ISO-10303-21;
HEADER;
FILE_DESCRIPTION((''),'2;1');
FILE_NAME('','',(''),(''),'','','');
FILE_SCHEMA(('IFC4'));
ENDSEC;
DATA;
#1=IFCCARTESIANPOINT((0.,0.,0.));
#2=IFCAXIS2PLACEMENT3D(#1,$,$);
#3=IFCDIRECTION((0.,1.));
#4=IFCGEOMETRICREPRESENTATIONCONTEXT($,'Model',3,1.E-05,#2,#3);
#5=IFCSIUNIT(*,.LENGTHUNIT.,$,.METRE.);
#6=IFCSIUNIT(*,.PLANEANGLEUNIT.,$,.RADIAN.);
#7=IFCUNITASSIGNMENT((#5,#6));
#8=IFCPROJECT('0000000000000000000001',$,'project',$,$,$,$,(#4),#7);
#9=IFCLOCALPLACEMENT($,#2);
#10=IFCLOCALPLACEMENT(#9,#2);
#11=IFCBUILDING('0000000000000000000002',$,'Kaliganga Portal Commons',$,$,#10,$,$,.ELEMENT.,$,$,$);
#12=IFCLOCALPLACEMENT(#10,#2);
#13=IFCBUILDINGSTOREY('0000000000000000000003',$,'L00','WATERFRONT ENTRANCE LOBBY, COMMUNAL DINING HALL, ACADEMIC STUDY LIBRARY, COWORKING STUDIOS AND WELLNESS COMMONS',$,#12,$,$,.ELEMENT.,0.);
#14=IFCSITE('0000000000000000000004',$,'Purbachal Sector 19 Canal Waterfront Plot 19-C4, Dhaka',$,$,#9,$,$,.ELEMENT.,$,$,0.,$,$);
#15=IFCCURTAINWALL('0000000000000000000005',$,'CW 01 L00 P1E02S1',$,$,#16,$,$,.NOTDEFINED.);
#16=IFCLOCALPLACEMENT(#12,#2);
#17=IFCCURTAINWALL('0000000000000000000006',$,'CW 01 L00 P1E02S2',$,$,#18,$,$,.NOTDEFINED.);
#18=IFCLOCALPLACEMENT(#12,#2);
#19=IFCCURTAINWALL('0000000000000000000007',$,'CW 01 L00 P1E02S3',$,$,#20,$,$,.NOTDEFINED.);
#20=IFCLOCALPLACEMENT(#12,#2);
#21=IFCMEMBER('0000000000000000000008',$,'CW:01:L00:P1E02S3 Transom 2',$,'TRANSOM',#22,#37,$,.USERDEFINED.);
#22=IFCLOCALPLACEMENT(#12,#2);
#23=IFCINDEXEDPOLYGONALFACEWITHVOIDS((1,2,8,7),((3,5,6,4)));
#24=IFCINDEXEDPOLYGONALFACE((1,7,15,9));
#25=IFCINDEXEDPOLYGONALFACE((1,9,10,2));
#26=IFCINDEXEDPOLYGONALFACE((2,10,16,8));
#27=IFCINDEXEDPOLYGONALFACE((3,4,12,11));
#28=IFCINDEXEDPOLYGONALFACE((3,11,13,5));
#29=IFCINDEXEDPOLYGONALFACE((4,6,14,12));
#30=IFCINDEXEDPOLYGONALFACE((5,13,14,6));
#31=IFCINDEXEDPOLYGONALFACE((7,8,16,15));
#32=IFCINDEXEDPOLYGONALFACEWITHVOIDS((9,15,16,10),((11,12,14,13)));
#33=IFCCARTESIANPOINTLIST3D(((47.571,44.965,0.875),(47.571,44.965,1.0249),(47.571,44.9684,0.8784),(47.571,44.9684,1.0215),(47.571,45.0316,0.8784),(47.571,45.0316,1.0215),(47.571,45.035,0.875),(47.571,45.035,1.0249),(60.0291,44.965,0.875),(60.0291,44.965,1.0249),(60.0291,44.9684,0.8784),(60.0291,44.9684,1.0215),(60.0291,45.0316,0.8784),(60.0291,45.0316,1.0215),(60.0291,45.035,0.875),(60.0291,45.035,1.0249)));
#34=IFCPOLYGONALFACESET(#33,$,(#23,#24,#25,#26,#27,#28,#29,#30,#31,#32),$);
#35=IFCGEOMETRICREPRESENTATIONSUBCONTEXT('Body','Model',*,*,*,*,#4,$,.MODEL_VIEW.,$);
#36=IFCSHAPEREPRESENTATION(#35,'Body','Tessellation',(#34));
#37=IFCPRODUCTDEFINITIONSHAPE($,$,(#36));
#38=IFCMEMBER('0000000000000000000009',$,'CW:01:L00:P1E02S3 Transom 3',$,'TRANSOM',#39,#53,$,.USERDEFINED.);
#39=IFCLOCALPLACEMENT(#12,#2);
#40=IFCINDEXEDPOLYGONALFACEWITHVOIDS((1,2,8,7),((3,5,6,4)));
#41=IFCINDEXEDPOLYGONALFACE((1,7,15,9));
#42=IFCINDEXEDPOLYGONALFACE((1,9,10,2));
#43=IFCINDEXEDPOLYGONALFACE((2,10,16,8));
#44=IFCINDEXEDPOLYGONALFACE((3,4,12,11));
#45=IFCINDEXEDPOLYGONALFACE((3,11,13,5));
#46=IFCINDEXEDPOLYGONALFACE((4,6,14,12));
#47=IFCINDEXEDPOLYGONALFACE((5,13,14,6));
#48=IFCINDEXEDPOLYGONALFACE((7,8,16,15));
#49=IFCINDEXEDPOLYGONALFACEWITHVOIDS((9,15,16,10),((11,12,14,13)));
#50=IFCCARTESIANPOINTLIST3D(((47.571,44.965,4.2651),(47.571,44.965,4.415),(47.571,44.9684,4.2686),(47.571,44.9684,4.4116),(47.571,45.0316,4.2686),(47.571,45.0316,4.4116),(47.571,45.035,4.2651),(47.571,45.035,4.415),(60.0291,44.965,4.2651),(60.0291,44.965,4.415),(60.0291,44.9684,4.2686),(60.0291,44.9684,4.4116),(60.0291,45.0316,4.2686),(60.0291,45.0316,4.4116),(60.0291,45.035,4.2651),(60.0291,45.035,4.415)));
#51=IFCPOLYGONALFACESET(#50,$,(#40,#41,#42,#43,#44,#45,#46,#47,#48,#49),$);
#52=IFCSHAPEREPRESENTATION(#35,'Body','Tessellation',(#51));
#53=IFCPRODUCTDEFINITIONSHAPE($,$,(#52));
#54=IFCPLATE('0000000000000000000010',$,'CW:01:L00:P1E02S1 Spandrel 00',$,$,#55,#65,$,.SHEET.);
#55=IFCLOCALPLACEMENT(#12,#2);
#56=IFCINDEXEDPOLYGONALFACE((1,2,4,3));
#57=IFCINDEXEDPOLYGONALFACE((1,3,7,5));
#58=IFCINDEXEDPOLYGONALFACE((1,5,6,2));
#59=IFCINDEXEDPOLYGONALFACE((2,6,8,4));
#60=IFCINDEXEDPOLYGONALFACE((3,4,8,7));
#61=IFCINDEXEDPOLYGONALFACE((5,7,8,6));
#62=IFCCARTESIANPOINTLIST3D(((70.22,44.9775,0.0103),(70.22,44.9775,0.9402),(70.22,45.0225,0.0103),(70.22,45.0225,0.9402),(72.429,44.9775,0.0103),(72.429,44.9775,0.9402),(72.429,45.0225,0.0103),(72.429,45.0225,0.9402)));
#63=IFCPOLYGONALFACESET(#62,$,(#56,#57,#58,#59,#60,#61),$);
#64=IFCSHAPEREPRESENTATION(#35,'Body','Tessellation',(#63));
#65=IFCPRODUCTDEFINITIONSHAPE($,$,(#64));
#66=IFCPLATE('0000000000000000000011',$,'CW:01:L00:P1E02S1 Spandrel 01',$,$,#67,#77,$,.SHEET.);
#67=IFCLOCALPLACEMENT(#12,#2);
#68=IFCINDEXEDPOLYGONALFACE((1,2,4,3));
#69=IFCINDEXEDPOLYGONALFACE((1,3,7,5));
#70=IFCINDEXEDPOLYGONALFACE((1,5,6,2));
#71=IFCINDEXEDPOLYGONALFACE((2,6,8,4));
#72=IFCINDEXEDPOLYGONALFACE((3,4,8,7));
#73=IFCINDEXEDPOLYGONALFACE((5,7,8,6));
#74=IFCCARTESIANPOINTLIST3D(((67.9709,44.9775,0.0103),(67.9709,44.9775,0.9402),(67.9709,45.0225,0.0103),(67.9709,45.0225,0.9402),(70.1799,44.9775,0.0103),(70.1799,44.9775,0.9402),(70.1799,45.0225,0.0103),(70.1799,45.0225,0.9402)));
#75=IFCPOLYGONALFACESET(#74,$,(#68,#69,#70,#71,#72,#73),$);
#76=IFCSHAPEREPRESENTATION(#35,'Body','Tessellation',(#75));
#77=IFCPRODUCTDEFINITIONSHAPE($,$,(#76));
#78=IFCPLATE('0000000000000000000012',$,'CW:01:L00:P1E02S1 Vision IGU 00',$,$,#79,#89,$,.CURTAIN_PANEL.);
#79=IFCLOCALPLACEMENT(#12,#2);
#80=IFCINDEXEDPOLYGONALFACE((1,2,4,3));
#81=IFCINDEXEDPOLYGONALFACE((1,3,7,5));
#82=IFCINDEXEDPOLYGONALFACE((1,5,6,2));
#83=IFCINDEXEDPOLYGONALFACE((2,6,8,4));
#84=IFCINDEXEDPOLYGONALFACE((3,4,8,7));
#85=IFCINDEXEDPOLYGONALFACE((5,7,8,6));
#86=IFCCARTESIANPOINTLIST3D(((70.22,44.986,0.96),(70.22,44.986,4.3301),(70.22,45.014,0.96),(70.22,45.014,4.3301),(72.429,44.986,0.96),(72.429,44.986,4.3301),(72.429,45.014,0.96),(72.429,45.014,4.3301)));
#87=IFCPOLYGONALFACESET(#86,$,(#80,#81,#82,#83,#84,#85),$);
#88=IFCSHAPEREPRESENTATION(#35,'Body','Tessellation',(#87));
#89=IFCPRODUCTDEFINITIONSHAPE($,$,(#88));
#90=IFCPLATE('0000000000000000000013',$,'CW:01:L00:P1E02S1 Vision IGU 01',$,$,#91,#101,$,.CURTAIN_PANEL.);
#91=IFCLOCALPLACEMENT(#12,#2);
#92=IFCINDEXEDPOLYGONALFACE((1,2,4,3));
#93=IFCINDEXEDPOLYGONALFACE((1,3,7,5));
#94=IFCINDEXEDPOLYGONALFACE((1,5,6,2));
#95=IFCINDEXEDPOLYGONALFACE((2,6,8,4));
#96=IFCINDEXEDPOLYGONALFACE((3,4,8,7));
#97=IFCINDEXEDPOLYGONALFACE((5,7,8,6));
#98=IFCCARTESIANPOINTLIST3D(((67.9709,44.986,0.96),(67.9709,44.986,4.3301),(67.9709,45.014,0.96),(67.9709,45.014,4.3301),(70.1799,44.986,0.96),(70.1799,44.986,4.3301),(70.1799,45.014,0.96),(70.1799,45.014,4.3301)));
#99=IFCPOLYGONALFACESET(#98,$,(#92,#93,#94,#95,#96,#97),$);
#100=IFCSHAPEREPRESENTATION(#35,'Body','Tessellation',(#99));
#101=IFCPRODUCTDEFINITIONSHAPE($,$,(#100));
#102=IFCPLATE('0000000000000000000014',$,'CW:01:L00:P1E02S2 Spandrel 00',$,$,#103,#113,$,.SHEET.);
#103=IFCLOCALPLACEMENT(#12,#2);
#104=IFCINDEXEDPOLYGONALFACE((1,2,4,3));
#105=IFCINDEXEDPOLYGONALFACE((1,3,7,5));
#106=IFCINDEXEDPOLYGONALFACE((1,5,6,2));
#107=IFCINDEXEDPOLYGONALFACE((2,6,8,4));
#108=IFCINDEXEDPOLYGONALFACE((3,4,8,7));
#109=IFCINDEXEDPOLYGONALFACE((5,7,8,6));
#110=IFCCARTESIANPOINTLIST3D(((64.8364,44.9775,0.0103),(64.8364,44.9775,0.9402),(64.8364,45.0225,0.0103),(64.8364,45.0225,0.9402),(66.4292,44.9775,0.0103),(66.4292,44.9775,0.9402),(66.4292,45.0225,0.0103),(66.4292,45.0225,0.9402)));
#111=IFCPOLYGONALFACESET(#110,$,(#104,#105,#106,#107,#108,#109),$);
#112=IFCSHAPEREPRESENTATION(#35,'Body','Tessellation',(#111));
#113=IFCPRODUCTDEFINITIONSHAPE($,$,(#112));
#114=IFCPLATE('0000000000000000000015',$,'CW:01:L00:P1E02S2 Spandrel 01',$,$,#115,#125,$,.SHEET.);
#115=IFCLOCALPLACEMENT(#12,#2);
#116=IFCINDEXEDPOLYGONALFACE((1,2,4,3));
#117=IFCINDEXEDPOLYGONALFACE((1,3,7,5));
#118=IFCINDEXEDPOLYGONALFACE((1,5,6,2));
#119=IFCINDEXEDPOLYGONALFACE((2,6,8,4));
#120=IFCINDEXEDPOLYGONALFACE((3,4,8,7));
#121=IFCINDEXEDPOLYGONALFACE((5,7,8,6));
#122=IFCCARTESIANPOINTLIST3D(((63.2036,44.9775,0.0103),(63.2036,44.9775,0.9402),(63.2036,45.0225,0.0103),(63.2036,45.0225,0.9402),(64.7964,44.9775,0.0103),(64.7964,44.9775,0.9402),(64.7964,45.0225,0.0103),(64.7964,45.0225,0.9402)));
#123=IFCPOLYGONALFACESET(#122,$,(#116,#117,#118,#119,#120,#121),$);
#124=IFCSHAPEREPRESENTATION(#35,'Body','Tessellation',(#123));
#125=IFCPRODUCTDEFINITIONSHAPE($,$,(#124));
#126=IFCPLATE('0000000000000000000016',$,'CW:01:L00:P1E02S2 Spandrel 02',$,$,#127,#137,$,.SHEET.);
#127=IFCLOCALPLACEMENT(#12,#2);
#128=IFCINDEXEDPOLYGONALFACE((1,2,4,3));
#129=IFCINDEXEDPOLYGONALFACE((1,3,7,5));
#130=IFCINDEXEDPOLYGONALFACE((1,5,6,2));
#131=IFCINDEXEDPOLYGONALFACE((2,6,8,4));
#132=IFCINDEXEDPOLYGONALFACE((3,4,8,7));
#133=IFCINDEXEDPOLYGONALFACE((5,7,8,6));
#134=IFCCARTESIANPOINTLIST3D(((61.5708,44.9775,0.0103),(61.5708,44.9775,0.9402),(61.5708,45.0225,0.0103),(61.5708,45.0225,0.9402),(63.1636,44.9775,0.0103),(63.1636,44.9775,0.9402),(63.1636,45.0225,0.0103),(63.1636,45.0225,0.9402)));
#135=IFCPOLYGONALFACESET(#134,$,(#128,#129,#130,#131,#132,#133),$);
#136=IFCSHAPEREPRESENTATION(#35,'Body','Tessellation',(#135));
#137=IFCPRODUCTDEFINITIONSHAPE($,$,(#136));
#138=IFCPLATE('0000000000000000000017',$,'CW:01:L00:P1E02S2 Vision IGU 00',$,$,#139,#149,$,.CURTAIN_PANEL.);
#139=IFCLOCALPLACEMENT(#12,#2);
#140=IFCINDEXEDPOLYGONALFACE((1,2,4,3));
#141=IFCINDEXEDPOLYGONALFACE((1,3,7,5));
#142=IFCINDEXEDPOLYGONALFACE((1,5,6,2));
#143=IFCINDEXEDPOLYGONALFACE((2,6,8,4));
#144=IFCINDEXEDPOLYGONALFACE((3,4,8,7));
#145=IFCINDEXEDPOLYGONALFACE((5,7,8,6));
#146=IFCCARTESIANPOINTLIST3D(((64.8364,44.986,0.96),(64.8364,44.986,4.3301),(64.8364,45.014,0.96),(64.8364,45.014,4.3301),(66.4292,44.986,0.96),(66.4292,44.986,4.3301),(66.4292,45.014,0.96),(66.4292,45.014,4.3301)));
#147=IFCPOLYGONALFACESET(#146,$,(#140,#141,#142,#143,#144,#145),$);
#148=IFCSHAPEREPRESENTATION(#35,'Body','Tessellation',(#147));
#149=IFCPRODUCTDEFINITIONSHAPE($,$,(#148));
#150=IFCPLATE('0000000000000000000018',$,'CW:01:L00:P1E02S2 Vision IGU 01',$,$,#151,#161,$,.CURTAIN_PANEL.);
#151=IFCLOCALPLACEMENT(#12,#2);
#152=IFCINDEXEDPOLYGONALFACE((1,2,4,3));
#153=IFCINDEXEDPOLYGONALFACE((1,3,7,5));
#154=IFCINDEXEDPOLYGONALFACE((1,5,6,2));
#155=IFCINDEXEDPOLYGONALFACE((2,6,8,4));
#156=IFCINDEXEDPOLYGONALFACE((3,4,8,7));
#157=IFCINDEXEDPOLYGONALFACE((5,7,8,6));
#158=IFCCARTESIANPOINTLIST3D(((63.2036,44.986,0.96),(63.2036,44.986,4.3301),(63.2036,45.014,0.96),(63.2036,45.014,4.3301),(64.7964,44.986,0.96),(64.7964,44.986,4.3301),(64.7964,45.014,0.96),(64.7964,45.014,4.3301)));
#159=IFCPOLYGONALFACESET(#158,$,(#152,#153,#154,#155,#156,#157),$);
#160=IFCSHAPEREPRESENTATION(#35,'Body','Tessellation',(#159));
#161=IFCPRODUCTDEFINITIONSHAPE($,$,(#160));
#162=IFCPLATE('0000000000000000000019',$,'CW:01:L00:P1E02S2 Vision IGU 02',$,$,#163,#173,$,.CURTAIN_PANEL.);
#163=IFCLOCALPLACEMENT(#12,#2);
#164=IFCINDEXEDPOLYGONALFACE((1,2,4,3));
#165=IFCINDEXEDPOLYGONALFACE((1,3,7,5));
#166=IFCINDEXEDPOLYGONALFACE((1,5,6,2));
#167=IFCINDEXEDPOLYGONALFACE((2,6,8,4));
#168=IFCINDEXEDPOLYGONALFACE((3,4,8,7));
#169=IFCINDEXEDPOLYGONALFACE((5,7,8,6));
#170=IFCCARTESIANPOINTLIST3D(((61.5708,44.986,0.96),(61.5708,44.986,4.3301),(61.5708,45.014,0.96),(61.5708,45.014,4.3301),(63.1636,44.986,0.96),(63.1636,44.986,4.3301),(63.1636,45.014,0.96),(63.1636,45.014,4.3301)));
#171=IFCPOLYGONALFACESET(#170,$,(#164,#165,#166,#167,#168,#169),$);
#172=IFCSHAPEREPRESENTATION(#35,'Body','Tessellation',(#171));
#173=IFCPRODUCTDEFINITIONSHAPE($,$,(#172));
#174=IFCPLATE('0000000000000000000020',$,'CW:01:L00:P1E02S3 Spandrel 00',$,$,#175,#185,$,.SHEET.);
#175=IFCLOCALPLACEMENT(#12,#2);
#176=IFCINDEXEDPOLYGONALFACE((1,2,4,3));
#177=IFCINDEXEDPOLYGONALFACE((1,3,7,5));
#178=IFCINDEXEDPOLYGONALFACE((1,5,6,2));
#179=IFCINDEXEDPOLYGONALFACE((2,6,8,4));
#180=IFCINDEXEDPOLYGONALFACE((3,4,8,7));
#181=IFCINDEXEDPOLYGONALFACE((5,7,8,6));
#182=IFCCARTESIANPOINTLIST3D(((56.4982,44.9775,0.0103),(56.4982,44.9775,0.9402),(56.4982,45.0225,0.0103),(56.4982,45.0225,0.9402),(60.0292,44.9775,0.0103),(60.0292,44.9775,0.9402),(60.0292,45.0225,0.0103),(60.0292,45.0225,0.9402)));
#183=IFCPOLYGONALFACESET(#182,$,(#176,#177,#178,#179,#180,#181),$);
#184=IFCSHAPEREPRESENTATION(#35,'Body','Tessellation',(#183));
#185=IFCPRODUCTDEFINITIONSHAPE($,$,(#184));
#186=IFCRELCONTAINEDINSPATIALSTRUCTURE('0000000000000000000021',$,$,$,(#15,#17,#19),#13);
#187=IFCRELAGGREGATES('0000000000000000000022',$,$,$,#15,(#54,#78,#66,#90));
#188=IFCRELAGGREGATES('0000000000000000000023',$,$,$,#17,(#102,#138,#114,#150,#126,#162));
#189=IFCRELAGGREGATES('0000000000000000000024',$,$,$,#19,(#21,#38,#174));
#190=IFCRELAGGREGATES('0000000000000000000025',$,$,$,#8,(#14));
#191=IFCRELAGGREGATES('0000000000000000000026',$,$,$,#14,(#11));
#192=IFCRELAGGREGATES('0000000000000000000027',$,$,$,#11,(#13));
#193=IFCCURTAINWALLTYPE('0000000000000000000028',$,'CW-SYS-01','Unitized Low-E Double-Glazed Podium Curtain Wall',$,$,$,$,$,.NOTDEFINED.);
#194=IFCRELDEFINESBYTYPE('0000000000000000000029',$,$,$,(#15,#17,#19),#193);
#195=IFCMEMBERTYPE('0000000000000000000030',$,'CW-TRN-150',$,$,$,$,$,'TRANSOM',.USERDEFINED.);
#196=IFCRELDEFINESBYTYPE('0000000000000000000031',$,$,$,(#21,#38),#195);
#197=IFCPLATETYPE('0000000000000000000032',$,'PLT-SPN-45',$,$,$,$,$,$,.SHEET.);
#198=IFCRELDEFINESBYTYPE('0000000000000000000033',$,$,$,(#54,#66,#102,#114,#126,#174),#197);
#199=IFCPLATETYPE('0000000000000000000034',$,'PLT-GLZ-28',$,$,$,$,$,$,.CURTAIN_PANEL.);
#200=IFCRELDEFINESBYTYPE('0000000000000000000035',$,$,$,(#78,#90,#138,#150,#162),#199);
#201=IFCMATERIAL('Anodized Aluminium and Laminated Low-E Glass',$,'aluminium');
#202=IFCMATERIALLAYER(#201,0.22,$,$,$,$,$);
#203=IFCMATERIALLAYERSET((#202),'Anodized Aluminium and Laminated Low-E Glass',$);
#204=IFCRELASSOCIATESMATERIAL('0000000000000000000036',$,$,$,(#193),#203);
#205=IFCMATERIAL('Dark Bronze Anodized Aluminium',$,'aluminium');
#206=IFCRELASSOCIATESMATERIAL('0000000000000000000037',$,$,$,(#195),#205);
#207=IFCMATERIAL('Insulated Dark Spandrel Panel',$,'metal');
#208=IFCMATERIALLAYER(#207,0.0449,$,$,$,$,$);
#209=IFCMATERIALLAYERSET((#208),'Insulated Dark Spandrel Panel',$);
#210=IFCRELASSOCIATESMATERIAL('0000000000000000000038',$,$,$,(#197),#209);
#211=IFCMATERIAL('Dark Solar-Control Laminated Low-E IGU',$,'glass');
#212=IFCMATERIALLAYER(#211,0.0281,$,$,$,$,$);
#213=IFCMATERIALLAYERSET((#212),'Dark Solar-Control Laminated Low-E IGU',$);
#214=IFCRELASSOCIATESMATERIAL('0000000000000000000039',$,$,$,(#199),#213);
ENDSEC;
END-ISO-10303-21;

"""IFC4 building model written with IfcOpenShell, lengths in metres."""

from ifc_helpers import new_model, si_unit, direction, frame, origin, origin_2d, place, context, subcontext, project, spatial, rectangle, hollow_rectangle, extrude, source, transform, mapped, material, layer, layer_set, material_profile, profile_set, type_object, element, aggregate, save


model = new_model("IFC4")

# Units and contexts
model_context = context("Model", 3, precision=1e-05, world=origin(), true_north=direction((0.0, 1.0)))
body_context = subcontext(model_context, "Body", "Model", "MODEL_VIEW")
ifc_project = project(units=[si_unit("LENGTHUNIT", "METRE"), si_unit("PLANEANGLEUNIT", "RADIAN")], contexts=[model_context])

# Site, building, storey
site_placement = place(None, origin())
site = spatial("IfcSite", under=ifc_project, at=site_placement, Name="Purbachal Sector 19 Canal Waterfront Plot 19-C4, Dhaka", CompositionType="ELEMENT", RefElevation=0.0)
building_placement = place(site_placement, origin())
building = spatial("IfcBuilding", under=site, at=building_placement, Name="Kaliganga Portal Commons", CompositionType="ELEMENT")
storey_placement = place(building_placement, origin())
storey = spatial("IfcBuildingStorey", under=building, at=storey_placement, Name="L00", Description="WATERFRONT ENTRANCE LOBBY, COMMUNAL DINING HALL, ACADEMIC STUDY LIBRARY, COWORKING STUDIOS AND WELLNESS COMMONS", CompositionType="ELEMENT", Elevation=0.0)

# Curtain walls
ifc_material_1 = material(Name="Anodized Aluminium and Laminated Low-E Glass", Category="aluminium")
ifc_layer_1 = layer(ifc_material_1, 0.22)
ifc_layer_set_1 = layer_set([ifc_layer_1], Name="Anodized Aluminium and Laminated Low-E Glass")
curtain_wall_type = type_object("IfcCurtainWallType", Name="CW-SYS-01", Description="Unitized Low-E Double-Glazed Podium Curtain Wall", PredefinedType="NOTDEFINED", material=ifc_layer_set_1)
curtain_wall_1_placement = place(storey_placement, origin())
curtain_wall_1 = element("IfcCurtainWall", 1, at=curtain_wall_1_placement, inside=storey, type_object=curtain_wall_type, Name="CW 01 L00 P1E02S1", PredefinedType="NOTDEFINED")
ifc_material_2 = material(Name="Dark Bronze Anodized Aluminium", Category="aluminium")
curtain_wall_2_placement = place(storey_placement, origin())
curtain_wall_2 = element("IfcCurtainWall", 2, at=curtain_wall_2_placement, inside=storey, type_object=curtain_wall_type, Name="CW 01 L00 P1E02S2", PredefinedType="NOTDEFINED")
curtain_wall_3_placement = place(storey_placement, origin())
curtain_wall_3 = element("IfcCurtainWall", 3, at=curtain_wall_3_placement, inside=storey, type_object=curtain_wall_type, Name="CW 01 L00 P1E02S3", PredefinedType="NOTDEFINED")

# Members
ifc_material_profile_1 = material_profile(ifc_material_2, hollow_rectangle(XDim=0.0701, YDim=0.1499, WallThickness=0.0034, at=origin_2d()), Name="ALU TRAN 70x150x3.5")
ifc_profile_set_1 = profile_set([ifc_material_profile_1], Name="Dark Bronze Anodized Aluminium")
member_type_1 = type_object("IfcMemberType", Name="CW-TRN-150", ElementType="TRANSOM", PredefinedType="USERDEFINED", material=ifc_profile_set_1)
shared_shape_1 = source(origin(), body_context, "Body", "SweptSolid", [
    extrude(hollow_rectangle(XDim=0.0701, YDim=0.1499, WallThickness=0.0034, at=origin_2d()), origin(), (0.0, 0.0, 1.0), 12.458),
])
member_1_placement = place(storey_placement, frame((60.0291, 45.0, 0.95), z_axis=(-1.0, 0.0, 0.0), x_axis=(0.0, -1.0, 0.0)))
member_1 = element("IfcMember", 4, at=member_1_placement, type_object=member_type_1, Name="CW:01:L00:P1E02S3 Transom 2", ObjectType="TRANSOM", PredefinedType="USERDEFINED", context=body_context, shape_type="MappedRepresentation", body=[
    mapped(shared_shape_1, transform((0.0, 0.0, 0.0), x_axis=(1.0, 0.0, 0.0), y_axis=(0.0, 1.0, 0.0), z_axis=(0.0, 0.0, 1.0), scale=1.0)),
])
member_2_placement = place(storey_placement, frame((60.0291, 45.0, 4.3401), z_axis=(-1.0, 0.0, 0.0), x_axis=(0.0, -1.0, 0.0)))
member_2 = element("IfcMember", 5, at=member_2_placement, type_object=member_type_1, Name="CW:01:L00:P1E02S3 Transom 3", ObjectType="TRANSOM", PredefinedType="USERDEFINED", context=body_context, shape_type="MappedRepresentation", body=[
    mapped(shared_shape_1, transform((0.0, 0.0, 0.0), x_axis=(1.0, 0.0, 0.0), y_axis=(0.0, 1.0, 0.0), z_axis=(0.0, 0.0, 1.0), scale=1.0)),
])

# Plates
ifc_material_3 = material(Name="Insulated Dark Spandrel Panel", Category="metal")
ifc_layer_2 = layer(ifc_material_3, 0.0449)
ifc_layer_set_2 = layer_set([ifc_layer_2], Name="Insulated Dark Spandrel Panel")
plate_type_1 = type_object("IfcPlateType", Name="PLT-SPN-45", PredefinedType="SHEET", material=ifc_layer_set_2)
shared_shape_2 = source(origin(), body_context, "Body", "SweptSolid", [
    extrude(rectangle(XDim=2.209, YDim=0.0449, at=origin_2d()), origin(), (0.0, 0.0, 1.0), 0.9299),
])
plate_1_placement = place(storey_placement, frame((71.3245, 45.0, 0.0103), z_axis=(0.0, 0.0, 1.0), x_axis=(-1.0, 0.0, 0.0)))
plate_1 = element("IfcPlate", 6, at=plate_1_placement, type_object=plate_type_1, Name="CW:01:L00:P1E02S1 Spandrel 00", PredefinedType="SHEET", context=body_context, shape_type="MappedRepresentation", body=[
    mapped(shared_shape_2, transform((0.0, 0.0, 0.0), x_axis=(1.0, 0.0, 0.0), y_axis=(0.0, 1.0, 0.0), z_axis=(0.0, 0.0, 1.0), scale=1.0)),
])
plate_2_placement = place(storey_placement, frame((69.0754, 45.0, 0.0103), z_axis=(0.0, 0.0, 1.0), x_axis=(-1.0, 0.0, 0.0)))
plate_2 = element("IfcPlate", 7, at=plate_2_placement, type_object=plate_type_1, Name="CW:01:L00:P1E02S1 Spandrel 01", PredefinedType="SHEET", context=body_context, shape_type="MappedRepresentation", body=[
    mapped(shared_shape_2, transform((0.0, 0.0, 0.0), x_axis=(1.0, 0.0, 0.0), y_axis=(0.0, 1.0, 0.0), z_axis=(0.0, 0.0, 1.0), scale=1.0)),
])
ifc_material_4 = material(Name="Dark Solar-Control Laminated Low-E IGU", Category="glass")
ifc_layer_3 = layer(ifc_material_4, 0.0281)
ifc_layer_set_3 = layer_set([ifc_layer_3], Name="Dark Solar-Control Laminated Low-E IGU")
plate_type_2 = type_object("IfcPlateType", Name="PLT-GLZ-28", PredefinedType="CURTAIN_PANEL", material=ifc_layer_set_3)
shared_shape_3 = source(origin(), body_context, "Body", "SweptSolid", [
    extrude(rectangle(XDim=2.209, YDim=0.0281, at=origin_2d()), origin(), (0.0, 0.0, 1.0), 3.3701),
])
plate_3_placement = place(storey_placement, frame((71.3245, 45.0, 0.96), z_axis=(0.0, 0.0, 1.0), x_axis=(-1.0, 0.0, 0.0)))
plate_3 = element("IfcPlate", 8, at=plate_3_placement, type_object=plate_type_2, Name="CW:01:L00:P1E02S1 Vision IGU 00", PredefinedType="CURTAIN_PANEL", context=body_context, shape_type="MappedRepresentation", body=[
    mapped(shared_shape_3, transform((0.0, 0.0, 0.0), x_axis=(1.0, 0.0, 0.0), y_axis=(0.0, 1.0, 0.0), z_axis=(0.0, 0.0, 1.0), scale=1.0)),
])
plate_4_placement = place(storey_placement, frame((69.0754, 45.0, 0.96), z_axis=(0.0, 0.0, 1.0), x_axis=(-1.0, 0.0, 0.0)))
plate_4 = element("IfcPlate", 9, at=plate_4_placement, type_object=plate_type_2, Name="CW:01:L00:P1E02S1 Vision IGU 01", PredefinedType="CURTAIN_PANEL", context=body_context, shape_type="MappedRepresentation", body=[
    mapped(shared_shape_3, transform((0.0, 0.0, 0.0), x_axis=(1.0, 0.0, 0.0), y_axis=(0.0, 1.0, 0.0), z_axis=(0.0, 0.0, 1.0), scale=1.0)),
])
aggregate(curtain_wall_1, [plate_1, plate_3, plate_2, plate_4])
shared_shape_4 = source(origin(), body_context, "Body", "SweptSolid", [
    extrude(rectangle(XDim=1.5928, YDim=0.0449, at=origin_2d()), origin(), (0.0, 0.0, 1.0), 0.9299),
])
plate_5_placement = place(storey_placement, frame((65.6328, 45.0, 0.0103), z_axis=(0.0, 0.0, 1.0), x_axis=(-1.0, 0.0, 0.0)))
plate_5 = element("IfcPlate", 10, at=plate_5_placement, type_object=plate_type_1, Name="CW:01:L00:P1E02S2 Spandrel 00", PredefinedType="SHEET", context=body_context, shape_type="MappedRepresentation", body=[
    mapped(shared_shape_4, transform((0.0, 0.0, 0.0), x_axis=(1.0, 0.0, 0.0), y_axis=(0.0, 1.0, 0.0), z_axis=(0.0, 0.0, 1.0), scale=1.0)),
])
plate_6_placement = place(storey_placement, frame((64.0, 45.0, 0.0103), z_axis=(0.0, 0.0, 1.0), x_axis=(-1.0, 0.0, 0.0)))
plate_6 = element("IfcPlate", 11, at=plate_6_placement, type_object=plate_type_1, Name="CW:01:L00:P1E02S2 Spandrel 01", PredefinedType="SHEET", context=body_context, shape_type="MappedRepresentation", body=[
    mapped(shared_shape_4, transform((0.0, 0.0, 0.0), x_axis=(1.0, 0.0, 0.0), y_axis=(0.0, 1.0, 0.0), z_axis=(0.0, 0.0, 1.0), scale=1.0)),
])
plate_7_placement = place(storey_placement, frame((62.3672, 45.0, 0.0103), z_axis=(0.0, 0.0, 1.0), x_axis=(-1.0, 0.0, 0.0)))
plate_7 = element("IfcPlate", 12, at=plate_7_placement, type_object=plate_type_1, Name="CW:01:L00:P1E02S2 Spandrel 02", PredefinedType="SHEET", context=body_context, shape_type="MappedRepresentation", body=[
    mapped(shared_shape_4, transform((0.0, 0.0, 0.0), x_axis=(1.0, 0.0, 0.0), y_axis=(0.0, 1.0, 0.0), z_axis=(0.0, 0.0, 1.0), scale=1.0)),
])
shared_shape_5 = source(origin(), body_context, "Body", "SweptSolid", [
    extrude(rectangle(XDim=1.5928, YDim=0.0281, at=origin_2d()), origin(), (0.0, 0.0, 1.0), 3.3701),
])
plate_8_placement = place(storey_placement, frame((65.6328, 45.0, 0.96), z_axis=(0.0, 0.0, 1.0), x_axis=(-1.0, 0.0, 0.0)))
plate_8 = element("IfcPlate", 13, at=plate_8_placement, type_object=plate_type_2, Name="CW:01:L00:P1E02S2 Vision IGU 00", PredefinedType="CURTAIN_PANEL", context=body_context, shape_type="MappedRepresentation", body=[
    mapped(shared_shape_5, transform((0.0, 0.0, 0.0), x_axis=(1.0, 0.0, 0.0), y_axis=(0.0, 1.0, 0.0), z_axis=(0.0, 0.0, 1.0), scale=1.0)),
])
plate_9_placement = place(storey_placement, frame((64.0, 45.0, 0.96), z_axis=(0.0, 0.0, 1.0), x_axis=(-1.0, 0.0, 0.0)))
plate_9 = element("IfcPlate", 14, at=plate_9_placement, type_object=plate_type_2, Name="CW:01:L00:P1E02S2 Vision IGU 01", PredefinedType="CURTAIN_PANEL", context=body_context, shape_type="MappedRepresentation", body=[
    mapped(shared_shape_5, transform((0.0, 0.0, 0.0), x_axis=(1.0, 0.0, 0.0), y_axis=(0.0, 1.0, 0.0), z_axis=(0.0, 0.0, 1.0), scale=1.0)),
])
plate_10_placement = place(storey_placement, frame((62.3672, 45.0, 0.96), z_axis=(0.0, 0.0, 1.0), x_axis=(-1.0, 0.0, 0.0)))
plate_10 = element("IfcPlate", 15, at=plate_10_placement, type_object=plate_type_2, Name="CW:01:L00:P1E02S2 Vision IGU 02", PredefinedType="CURTAIN_PANEL", context=body_context, shape_type="MappedRepresentation", body=[
    mapped(shared_shape_5, transform((0.0, 0.0, 0.0), x_axis=(1.0, 0.0, 0.0), y_axis=(0.0, 1.0, 0.0), z_axis=(0.0, 0.0, 1.0), scale=1.0)),
])
aggregate(curtain_wall_2, [plate_5, plate_8, plate_6, plate_9, plate_7, plate_10])
shared_shape_6 = source(origin(), body_context, "Body", "SweptSolid", [
    extrude(rectangle(XDim=3.531, YDim=0.0449, at=origin_2d()), origin(), (0.0, 0.0, 1.0), 0.9299),
])
plate_11_placement = place(storey_placement, frame((58.2637, 45.0, 0.0103), z_axis=(0.0, 0.0, 1.0), x_axis=(-1.0, 0.0, 0.0)))
plate_11 = element("IfcPlate", 16, at=plate_11_placement, type_object=plate_type_1, Name="CW:01:L00:P1E02S3 Spandrel 00", PredefinedType="SHEET", context=body_context, shape_type="MappedRepresentation", body=[
    mapped(shared_shape_6, transform((0.0, 0.0, 0.0), x_axis=(1.0, 0.0, 0.0), y_axis=(0.0, 1.0, 0.0), z_axis=(0.0, 0.0, 1.0), scale=1.0)),
])
aggregate(curtain_wall_3, [member_1, member_2, plate_11])

save(model, "model.ifc")
